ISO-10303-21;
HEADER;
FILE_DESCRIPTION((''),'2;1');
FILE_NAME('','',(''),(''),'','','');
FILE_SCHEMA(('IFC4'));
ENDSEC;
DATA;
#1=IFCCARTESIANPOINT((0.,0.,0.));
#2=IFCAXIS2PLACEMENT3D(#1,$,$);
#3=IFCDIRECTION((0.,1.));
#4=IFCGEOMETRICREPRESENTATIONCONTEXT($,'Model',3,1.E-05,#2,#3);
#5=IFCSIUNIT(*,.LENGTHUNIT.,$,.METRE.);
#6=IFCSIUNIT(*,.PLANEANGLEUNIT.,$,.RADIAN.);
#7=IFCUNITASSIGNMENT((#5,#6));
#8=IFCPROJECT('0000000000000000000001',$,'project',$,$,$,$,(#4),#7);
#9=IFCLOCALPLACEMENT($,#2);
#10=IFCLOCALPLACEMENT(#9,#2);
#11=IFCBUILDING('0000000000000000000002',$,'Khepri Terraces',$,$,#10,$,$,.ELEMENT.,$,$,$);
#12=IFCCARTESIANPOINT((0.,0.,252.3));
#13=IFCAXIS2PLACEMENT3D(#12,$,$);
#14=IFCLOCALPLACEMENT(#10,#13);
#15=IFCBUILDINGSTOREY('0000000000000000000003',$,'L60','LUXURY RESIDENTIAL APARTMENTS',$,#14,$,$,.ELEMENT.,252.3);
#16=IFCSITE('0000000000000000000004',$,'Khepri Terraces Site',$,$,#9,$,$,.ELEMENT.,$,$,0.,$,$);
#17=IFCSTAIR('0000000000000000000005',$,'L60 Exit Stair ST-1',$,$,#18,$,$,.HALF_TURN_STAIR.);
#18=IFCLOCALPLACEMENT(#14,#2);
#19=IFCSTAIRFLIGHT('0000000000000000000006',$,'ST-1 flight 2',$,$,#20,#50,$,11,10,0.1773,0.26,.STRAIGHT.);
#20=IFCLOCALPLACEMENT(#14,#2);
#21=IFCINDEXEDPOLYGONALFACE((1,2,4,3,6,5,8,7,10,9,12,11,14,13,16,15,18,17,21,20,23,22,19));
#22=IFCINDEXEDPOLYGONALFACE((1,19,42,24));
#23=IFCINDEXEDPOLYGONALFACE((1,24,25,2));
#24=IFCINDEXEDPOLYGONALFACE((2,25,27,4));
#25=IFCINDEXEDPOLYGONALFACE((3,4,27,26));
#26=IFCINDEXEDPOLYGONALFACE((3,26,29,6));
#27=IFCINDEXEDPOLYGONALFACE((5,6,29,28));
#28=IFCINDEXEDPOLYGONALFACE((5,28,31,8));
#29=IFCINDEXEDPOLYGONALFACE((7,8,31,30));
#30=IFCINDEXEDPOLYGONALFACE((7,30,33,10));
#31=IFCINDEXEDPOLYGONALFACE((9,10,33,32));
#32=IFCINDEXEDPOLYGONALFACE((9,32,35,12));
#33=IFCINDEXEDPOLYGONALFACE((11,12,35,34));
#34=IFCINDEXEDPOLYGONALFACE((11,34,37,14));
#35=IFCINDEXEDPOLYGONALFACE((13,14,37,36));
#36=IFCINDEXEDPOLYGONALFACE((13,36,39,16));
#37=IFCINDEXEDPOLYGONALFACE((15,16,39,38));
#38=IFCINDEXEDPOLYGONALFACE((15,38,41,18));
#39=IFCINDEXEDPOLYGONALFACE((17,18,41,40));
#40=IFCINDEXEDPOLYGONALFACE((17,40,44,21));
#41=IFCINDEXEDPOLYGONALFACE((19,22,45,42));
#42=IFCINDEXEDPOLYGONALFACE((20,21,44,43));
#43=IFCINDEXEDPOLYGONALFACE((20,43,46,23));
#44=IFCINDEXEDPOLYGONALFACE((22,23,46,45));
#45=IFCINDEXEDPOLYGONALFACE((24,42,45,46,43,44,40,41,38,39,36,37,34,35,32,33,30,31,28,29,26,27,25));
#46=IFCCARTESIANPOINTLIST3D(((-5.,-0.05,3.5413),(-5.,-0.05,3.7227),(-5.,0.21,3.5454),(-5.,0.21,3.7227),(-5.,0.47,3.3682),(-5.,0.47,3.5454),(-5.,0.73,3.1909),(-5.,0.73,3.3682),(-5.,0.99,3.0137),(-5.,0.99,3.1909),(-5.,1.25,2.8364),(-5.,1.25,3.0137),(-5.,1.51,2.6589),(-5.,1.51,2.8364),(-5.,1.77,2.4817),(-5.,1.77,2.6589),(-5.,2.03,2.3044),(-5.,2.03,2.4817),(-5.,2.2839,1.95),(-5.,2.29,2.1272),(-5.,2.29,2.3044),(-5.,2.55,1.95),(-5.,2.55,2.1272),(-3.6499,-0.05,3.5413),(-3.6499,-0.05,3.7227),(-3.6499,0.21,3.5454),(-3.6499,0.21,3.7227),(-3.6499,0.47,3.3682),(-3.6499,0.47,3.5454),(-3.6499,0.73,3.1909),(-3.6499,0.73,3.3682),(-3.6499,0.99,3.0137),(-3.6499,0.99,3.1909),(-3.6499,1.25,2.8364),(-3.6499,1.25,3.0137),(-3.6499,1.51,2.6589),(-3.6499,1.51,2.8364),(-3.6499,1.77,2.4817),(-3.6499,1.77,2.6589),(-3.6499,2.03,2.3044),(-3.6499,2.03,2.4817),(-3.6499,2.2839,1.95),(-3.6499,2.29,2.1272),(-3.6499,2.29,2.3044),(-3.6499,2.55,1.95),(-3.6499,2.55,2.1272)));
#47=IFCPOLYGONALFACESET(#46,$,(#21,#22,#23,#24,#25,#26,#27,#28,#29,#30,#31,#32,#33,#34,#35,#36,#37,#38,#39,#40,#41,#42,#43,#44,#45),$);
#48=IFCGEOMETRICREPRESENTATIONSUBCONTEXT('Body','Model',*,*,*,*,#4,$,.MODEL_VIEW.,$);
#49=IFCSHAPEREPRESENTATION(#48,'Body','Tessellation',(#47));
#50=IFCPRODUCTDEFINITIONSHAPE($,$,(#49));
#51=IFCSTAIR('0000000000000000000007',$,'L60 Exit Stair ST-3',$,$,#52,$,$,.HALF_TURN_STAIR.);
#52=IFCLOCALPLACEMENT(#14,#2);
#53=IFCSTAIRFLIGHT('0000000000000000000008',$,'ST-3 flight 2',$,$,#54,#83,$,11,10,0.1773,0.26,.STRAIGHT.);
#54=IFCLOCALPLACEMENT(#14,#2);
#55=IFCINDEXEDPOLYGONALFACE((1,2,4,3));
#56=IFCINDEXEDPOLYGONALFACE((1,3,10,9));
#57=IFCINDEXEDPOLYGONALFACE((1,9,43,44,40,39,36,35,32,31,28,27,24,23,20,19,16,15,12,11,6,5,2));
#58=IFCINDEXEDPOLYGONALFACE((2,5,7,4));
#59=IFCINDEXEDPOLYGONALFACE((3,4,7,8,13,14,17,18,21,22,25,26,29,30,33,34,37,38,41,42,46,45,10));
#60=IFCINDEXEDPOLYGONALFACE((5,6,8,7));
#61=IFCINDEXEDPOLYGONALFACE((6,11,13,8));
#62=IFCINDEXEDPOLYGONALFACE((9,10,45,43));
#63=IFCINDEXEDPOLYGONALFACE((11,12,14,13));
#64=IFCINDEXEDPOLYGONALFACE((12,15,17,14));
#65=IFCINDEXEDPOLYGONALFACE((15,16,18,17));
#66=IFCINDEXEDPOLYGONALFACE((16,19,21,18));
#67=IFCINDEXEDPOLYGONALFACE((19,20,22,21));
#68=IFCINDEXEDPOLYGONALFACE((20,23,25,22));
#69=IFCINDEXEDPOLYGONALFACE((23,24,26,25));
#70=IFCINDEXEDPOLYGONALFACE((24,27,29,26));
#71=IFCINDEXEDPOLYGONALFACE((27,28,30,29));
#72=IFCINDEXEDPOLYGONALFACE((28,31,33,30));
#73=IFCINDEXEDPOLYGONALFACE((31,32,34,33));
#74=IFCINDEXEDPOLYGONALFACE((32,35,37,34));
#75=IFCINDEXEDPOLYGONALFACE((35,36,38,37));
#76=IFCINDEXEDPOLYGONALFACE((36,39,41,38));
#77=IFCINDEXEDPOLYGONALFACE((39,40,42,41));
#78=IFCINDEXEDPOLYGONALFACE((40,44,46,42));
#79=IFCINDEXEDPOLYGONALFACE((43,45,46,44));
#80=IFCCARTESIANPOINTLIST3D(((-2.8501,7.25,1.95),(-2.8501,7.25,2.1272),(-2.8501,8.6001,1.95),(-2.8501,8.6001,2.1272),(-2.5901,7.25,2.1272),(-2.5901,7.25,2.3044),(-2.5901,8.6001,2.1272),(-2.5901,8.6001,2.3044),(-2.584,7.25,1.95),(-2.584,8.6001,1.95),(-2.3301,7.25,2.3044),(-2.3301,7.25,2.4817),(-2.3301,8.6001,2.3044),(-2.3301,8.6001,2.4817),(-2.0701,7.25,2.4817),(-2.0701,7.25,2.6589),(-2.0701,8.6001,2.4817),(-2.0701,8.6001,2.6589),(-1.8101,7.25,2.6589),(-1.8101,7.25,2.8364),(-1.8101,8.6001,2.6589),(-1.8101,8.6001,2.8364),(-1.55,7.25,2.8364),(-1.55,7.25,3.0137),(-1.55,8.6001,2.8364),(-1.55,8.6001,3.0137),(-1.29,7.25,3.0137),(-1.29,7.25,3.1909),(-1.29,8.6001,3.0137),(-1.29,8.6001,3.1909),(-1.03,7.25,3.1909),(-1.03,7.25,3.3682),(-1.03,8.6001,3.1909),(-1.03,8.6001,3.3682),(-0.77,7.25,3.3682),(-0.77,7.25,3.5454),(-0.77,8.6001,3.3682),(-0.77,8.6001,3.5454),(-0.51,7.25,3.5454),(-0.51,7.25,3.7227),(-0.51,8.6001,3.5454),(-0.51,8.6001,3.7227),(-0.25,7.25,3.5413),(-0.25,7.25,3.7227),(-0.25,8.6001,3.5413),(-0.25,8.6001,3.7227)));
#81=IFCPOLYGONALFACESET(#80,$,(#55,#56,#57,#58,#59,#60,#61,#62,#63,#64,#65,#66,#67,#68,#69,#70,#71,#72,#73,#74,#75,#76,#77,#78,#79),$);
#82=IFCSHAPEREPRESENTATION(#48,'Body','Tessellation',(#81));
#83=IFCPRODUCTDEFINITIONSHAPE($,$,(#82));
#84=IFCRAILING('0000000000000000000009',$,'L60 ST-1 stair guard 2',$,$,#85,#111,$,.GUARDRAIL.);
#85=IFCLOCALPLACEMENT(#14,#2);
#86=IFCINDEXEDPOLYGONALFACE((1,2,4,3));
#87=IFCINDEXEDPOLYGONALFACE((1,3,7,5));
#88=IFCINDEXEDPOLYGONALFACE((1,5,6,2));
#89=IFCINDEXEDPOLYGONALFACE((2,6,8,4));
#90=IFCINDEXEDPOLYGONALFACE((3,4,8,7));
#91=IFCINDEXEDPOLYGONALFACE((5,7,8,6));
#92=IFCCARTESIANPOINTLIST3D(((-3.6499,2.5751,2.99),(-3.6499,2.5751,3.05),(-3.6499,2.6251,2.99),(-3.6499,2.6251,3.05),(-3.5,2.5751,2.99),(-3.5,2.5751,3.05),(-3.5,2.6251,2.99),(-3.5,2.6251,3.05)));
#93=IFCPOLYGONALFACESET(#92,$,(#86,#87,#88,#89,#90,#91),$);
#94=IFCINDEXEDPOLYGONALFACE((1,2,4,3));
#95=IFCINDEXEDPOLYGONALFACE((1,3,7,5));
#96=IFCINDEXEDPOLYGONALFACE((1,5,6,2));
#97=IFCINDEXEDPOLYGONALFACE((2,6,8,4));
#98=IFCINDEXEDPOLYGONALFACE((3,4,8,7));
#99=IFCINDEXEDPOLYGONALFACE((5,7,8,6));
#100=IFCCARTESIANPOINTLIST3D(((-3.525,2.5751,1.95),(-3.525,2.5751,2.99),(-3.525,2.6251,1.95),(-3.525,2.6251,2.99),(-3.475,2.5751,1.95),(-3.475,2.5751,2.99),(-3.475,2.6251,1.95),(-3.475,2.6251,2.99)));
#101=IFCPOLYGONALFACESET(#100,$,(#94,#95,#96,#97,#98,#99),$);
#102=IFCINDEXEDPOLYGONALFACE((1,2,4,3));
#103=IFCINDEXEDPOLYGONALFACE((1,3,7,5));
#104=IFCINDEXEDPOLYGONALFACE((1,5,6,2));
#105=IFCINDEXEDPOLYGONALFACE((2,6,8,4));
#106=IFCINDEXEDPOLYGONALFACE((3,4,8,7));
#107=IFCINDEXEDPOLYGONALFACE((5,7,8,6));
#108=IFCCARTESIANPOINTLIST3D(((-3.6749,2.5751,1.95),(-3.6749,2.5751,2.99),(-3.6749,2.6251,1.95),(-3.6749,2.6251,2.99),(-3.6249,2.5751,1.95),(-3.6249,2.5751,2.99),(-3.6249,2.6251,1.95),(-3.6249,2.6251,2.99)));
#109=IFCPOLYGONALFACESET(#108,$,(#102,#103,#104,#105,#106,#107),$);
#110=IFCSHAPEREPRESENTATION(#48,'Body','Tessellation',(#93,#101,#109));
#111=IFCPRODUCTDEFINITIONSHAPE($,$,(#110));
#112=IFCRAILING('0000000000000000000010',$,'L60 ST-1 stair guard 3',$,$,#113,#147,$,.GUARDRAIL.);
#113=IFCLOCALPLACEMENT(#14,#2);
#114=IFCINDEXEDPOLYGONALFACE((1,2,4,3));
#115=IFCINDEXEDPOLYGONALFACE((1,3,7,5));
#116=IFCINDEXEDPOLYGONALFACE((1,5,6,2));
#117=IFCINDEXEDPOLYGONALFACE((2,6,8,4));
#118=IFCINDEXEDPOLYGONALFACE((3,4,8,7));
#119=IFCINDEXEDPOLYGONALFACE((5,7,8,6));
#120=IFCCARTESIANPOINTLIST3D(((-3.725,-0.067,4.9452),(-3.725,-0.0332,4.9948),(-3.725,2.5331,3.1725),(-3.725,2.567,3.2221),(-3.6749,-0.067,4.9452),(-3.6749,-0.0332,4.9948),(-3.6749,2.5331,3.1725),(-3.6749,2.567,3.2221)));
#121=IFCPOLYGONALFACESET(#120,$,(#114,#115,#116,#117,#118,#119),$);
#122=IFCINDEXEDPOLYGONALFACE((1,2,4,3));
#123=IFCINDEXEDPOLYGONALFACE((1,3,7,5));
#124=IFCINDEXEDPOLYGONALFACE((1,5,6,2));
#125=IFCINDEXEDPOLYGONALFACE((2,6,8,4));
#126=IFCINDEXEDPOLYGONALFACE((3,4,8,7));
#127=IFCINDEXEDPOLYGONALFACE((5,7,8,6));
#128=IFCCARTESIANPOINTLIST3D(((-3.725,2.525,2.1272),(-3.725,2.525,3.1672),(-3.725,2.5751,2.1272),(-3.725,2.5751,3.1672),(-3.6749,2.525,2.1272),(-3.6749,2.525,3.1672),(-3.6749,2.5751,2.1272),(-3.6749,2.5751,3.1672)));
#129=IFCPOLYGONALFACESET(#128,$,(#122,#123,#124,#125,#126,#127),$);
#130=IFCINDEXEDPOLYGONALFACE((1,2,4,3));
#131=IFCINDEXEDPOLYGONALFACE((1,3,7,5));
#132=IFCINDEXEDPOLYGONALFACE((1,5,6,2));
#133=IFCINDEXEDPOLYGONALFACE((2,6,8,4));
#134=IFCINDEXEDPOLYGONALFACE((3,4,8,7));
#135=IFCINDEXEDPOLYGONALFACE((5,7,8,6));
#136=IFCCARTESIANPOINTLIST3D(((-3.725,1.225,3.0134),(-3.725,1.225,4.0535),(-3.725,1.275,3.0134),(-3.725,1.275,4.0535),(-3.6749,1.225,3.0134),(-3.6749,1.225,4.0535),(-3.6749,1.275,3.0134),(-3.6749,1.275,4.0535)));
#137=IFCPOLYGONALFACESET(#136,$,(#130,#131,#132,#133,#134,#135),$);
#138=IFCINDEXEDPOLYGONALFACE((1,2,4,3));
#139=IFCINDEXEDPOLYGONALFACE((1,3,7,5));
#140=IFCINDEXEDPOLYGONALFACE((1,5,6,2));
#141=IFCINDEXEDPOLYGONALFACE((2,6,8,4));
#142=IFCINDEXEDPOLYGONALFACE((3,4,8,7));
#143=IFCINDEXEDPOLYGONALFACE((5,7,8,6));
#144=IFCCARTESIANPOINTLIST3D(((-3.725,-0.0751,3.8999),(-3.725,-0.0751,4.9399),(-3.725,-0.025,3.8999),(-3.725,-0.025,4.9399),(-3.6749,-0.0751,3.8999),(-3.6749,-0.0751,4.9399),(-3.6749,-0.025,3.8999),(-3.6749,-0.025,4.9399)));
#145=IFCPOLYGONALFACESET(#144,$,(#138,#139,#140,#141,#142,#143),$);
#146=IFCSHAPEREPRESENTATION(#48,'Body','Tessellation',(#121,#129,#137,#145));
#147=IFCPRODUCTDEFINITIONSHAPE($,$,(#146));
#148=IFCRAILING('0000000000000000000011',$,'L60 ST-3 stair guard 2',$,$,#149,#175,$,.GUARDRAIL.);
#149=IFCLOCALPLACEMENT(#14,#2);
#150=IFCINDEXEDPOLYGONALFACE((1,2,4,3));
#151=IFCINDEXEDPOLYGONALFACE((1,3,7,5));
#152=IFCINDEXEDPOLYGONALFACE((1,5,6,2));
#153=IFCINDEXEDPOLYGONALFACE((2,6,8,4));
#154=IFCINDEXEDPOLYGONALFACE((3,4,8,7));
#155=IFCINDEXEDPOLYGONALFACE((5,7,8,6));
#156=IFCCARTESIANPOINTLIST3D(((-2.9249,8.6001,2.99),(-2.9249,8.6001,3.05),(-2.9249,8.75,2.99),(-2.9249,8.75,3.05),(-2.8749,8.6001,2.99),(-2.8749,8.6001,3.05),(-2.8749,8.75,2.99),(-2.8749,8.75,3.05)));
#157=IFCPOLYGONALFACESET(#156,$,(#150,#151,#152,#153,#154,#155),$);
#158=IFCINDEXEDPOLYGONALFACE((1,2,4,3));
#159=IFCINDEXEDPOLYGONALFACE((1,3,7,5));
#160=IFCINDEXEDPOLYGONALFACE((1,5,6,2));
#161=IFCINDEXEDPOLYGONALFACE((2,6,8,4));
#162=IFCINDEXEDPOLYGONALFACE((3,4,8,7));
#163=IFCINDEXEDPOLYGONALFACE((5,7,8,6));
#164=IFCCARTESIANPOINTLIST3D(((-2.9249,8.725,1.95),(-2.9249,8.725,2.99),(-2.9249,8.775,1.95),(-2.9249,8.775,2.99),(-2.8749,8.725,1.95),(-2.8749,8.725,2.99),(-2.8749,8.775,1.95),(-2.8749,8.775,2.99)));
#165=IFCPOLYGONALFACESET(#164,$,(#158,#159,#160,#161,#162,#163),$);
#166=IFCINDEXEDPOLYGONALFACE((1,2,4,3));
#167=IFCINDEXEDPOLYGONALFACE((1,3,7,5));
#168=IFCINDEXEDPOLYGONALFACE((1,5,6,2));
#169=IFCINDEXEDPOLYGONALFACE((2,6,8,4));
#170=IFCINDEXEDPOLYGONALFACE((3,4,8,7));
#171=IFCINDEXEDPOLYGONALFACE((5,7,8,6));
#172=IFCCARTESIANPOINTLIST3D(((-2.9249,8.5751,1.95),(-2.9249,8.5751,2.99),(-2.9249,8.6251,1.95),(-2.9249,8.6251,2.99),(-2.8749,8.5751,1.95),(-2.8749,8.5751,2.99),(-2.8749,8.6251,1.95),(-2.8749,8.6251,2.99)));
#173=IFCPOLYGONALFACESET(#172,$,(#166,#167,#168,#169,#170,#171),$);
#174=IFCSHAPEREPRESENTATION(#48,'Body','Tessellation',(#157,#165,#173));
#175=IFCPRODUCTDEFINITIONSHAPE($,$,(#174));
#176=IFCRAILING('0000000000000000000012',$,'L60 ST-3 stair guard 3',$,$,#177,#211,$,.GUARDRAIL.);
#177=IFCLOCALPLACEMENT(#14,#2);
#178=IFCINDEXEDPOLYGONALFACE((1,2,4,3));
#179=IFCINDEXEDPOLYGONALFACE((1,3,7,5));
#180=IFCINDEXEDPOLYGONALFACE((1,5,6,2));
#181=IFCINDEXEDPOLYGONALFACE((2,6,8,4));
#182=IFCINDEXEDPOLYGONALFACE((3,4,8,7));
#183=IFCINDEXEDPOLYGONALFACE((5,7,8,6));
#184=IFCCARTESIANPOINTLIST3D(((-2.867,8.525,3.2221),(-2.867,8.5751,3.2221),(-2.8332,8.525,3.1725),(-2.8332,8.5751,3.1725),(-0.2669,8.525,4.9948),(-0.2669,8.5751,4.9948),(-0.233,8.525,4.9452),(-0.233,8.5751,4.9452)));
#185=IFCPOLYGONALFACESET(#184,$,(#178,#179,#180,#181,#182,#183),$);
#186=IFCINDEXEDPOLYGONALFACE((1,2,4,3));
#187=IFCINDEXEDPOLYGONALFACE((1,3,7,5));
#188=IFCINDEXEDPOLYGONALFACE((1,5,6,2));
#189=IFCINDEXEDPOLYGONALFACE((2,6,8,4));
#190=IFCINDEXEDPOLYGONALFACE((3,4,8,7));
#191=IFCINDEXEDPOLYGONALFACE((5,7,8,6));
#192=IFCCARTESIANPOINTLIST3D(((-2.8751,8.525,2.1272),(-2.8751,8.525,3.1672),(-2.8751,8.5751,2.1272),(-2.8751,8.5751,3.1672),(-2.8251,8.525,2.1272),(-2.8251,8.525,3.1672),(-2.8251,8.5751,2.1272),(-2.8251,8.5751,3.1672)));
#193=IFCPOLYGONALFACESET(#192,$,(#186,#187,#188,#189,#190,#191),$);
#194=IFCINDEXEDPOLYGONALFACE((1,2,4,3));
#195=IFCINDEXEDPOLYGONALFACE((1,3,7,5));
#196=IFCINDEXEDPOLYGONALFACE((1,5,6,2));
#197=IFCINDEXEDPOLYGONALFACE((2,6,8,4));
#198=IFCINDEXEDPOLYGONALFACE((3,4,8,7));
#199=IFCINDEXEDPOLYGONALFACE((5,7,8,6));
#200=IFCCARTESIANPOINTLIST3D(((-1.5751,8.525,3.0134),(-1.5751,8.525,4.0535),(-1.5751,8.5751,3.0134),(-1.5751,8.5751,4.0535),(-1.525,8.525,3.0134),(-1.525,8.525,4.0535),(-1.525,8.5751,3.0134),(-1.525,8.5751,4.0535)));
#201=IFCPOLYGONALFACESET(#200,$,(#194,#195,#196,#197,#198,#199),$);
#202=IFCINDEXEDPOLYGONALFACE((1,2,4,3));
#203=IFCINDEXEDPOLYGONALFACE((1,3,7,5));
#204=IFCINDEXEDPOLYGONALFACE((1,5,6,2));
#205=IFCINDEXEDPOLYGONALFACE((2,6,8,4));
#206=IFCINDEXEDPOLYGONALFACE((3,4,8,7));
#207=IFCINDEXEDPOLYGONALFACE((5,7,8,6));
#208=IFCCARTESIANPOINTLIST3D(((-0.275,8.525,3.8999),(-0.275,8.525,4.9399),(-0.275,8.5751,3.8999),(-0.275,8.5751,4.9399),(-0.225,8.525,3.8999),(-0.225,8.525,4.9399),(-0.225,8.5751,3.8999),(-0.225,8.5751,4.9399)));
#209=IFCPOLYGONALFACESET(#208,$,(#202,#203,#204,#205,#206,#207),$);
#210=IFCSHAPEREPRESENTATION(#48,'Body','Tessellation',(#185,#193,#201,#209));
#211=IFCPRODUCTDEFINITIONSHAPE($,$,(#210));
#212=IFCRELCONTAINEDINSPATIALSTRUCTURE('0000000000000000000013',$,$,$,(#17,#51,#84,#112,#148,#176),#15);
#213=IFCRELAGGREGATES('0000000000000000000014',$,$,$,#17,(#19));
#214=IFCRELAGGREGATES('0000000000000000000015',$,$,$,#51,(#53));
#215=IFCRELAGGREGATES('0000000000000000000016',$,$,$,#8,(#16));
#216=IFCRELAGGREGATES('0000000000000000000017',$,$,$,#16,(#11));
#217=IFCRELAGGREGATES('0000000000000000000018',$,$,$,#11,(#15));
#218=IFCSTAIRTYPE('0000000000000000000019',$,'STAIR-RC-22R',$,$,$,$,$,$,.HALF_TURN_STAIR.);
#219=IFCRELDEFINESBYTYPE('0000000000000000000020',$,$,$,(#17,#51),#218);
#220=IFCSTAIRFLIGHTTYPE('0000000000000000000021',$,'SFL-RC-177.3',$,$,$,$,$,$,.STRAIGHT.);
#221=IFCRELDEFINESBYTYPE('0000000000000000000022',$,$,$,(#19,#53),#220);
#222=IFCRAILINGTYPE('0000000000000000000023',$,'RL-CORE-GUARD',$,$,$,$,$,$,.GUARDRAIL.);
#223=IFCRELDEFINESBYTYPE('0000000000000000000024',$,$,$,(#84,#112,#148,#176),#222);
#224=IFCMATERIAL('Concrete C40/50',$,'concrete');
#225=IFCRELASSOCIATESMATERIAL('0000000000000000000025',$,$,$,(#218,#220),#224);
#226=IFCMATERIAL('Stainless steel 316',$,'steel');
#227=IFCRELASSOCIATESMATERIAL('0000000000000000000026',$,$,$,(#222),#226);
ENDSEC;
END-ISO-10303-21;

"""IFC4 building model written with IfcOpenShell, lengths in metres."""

from ifc_helpers import new_model, si_unit, direction, frame, origin, origin_2d, place, context, subcontext, project, spatial, polyline, rectangle, outline, extrude, material, type_object, element, aggregate, save


model = new_model("IFC4")

# Units and contexts
model_context = context("Model", 3, precision=1e-05, world=origin(), true_north=direction((0.0, 1.0)))
body_context = subcontext(model_context, "Body", "Model", "MODEL_VIEW")
ifc_project = project(units=[si_unit("LENGTHUNIT", "METRE"), si_unit("PLANEANGLEUNIT", "RADIAN")], contexts=[model_context])

# Site, building, storey
site_placement = place(None, origin())
site = spatial("IfcSite", under=ifc_project, at=site_placement, Name="Khepri Terraces Site", CompositionType="ELEMENT", RefElevation=0.0)
building_placement = place(site_placement, origin())
building = spatial("IfcBuilding", under=site, at=building_placement, Name="Khepri Terraces", CompositionType="ELEMENT")
storey_placement = place(building_placement, frame((0.0, 0.0, 252.3)))
storey = spatial("IfcBuildingStorey", under=building, at=storey_placement, Name="L60", Description="LUXURY RESIDENTIAL APARTMENTS", CompositionType="ELEMENT", Elevation=252.3)

# Shared definitions
ifc_material_1 = material(Name="Concrete C40/50", Category="concrete")

# Stairs, stair flights
stair_type = type_object("IfcStairType", Name="STAIR-RC-22R", PredefinedType="HALF_TURN_STAIR", material=ifc_material_1)
stair_1_placement = place(storey_placement, origin())
stair_1 = element("IfcStair", 1, at=stair_1_placement, inside=storey, type_object=stair_type, Name="L60 Exit Stair ST-1", PredefinedType="HALF_TURN_STAIR")
stair_flight_type = type_object("IfcStairFlightType", Name="SFL-RC-177.3", PredefinedType="STRAIGHT", material=ifc_material_1)
stair_flight_1_placement = place(storey_placement, frame((-4.325, 2.55, 1.95), z_axis=(0.0, 0.0, 1.0), x_axis=(0.0, -1.0, 0.0)))
stair_flight_1 = element("IfcStairFlight", 2, at=stair_flight_1_placement, type_object=stair_flight_type, Name="ST-1 flight 2", NumberOfRisers=11, NumberOfTreads=10, PredefinedType="STRAIGHT", RiserHeight=0.1773, TreadLength=0.26, context=body_context, shape_type="SweptSolid", body=[
    extrude(outline(polyline([(0.0, 0.0), (0.0, 0.1772), (0.26, 0.1772), (0.26, 0.3545), (0.52, 0.3545), (0.52, 0.5317), (0.78, 0.5317), (0.78, 0.709), (1.04, 0.709), (1.04, 0.8865), (1.3, 0.8865), (1.3, 1.0637), (1.5601, 1.0637), (1.5601, 1.241), (1.8201, 1.241), (1.8201, 1.4182), (2.0801, 1.4182), (2.0801, 1.5955), (2.3401, 1.5955), (2.3401, 1.7727), (2.6001, 1.7727), (2.6001, 1.95), (2.6001, 1.5913), (0.2661, 0.0), (0.0, 0.0)])), frame((0.0, 0.675, 0.0), z_axis=(0.0, -1.0, 0.0), x_axis=(1.0, 0.0, 0.0)), (0.0, 0.0, 1.0), 1.3501),
])
aggregate(stair_1, [stair_flight_1])
stair_2_placement = place(storey_placement, origin())
stair_2 = element("IfcStair", 3, at=stair_2_placement, inside=storey, type_object=stair_type, Name="L60 Exit Stair ST-3", PredefinedType="HALF_TURN_STAIR")
stair_flight_2_placement = place(storey_placement, frame((-2.8501, 7.925, 1.95), z_axis=(0.0, 0.0, 1.0), x_axis=(1.0, 0.0, 0.0)))
stair_flight_2 = element("IfcStairFlight", 4, at=stair_flight_2_placement, type_object=stair_flight_type, Name="ST-3 flight 2", NumberOfRisers=11, NumberOfTreads=10, PredefinedType="STRAIGHT", RiserHeight=0.1773, TreadLength=0.26, context=body_context, shape_type="SweptSolid", body=[
    extrude(outline(polyline([(0.0, 0.0), (0.0, 0.1772), (0.26, 0.1772), (0.26, 0.3545), (0.52, 0.3545), (0.52, 0.5317), (0.78, 0.5317), (0.78, 0.709), (1.04, 0.709), (1.04, 0.8865), (1.3, 0.8865), (1.3, 1.0637), (1.5601, 1.0637), (1.5601, 1.241), (1.8201, 1.241), (1.8201, 1.4182), (2.0801, 1.4182), (2.0801, 1.5955), (2.3401, 1.5955), (2.3401, 1.7727), (2.6001, 1.7727), (2.6001, 1.95), (2.6001, 1.5913), (0.2661, 0.0), (0.0, 0.0)])), frame((0.0, 0.675, 0.0), z_axis=(0.0, -1.0, 0.0), x_axis=(1.0, 0.0, 0.0)), (0.0, 0.0, 1.0), 1.3501),
])
aggregate(stair_2, [stair_flight_2])

# Railings
ifc_material_2 = material(Name="Stainless steel 316", Category="steel")
railing_type_1 = type_object("IfcRailingType", Name="RL-CORE-GUARD", PredefinedType="GUARDRAIL", material=ifc_material_2)
railing_1_placement = place(storey_placement, frame((-3.5, 2.6001, 1.95)))
element("IfcRailing", 5, at=railing_1_placement, inside=storey, type_object=railing_type_1, Name="L60 ST-1 stair guard 2", PredefinedType="GUARDRAIL", context=body_context, shape_type="SweptSolid", body=[
    extrude(rectangle(XDim=0.05, YDim=0.0601, at=origin_2d()), frame((0.0, 0.0, 1.0701), z_axis=(-1.0, 0.0, 0.0), x_axis=(0.0, -1.0, 0.0)), (0.0, 0.0, 1.0), 0.1499),
    extrude(rectangle(XDim=0.05, YDim=0.05, at=origin_2d()), origin(), (0.0, 0.0, 1.0), 1.04),
    extrude(rectangle(XDim=0.05, YDim=0.05, at=origin_2d()), frame((-0.1499, 0.0, 0.0)), (0.0, 0.0, 1.0), 1.04),
])
railing_2_placement = place(storey_placement, frame((-3.7, 2.55, 2.1272)))
element("IfcRailing", 6, at=railing_2_placement, inside=storey, type_object=railing_type_1, Name="L60 ST-1 stair guard 3", PredefinedType="GUARDRAIL", context=body_context, shape_type="SweptSolid", body=[
    extrude(rectangle(XDim=0.05, YDim=0.0601, at=origin_2d()), frame((0.0, 0.0, 1.0701), z_axis=(0.0, -0.82624, 0.563318), x_axis=(1.0, 0.0, 0.0)), (0.0, 0.0, 1.0), 3.147),
    extrude(rectangle(XDim=0.05, YDim=0.05, at=origin_2d()), origin(), (0.0, 0.0, 1.0), 1.04),
    extrude(rectangle(XDim=0.05, YDim=0.05, at=origin_2d()), frame((0.0, -1.3, 0.8862)), (0.0, 0.0, 1.0), 1.04),
    extrude(rectangle(XDim=0.05, YDim=0.05, at=origin_2d()), frame((0.0, -2.6001, 1.7727)), (0.0, 0.0, 1.0), 1.04),
])
railing_3_placement = place(storey_placement, frame((-2.8999, 8.75, 1.95)))
element("IfcRailing", 7, at=railing_3_placement, inside=storey, type_object=railing_type_1, Name="L60 ST-3 stair guard 2", PredefinedType="GUARDRAIL", context=body_context, shape_type="SweptSolid", body=[
    extrude(rectangle(XDim=0.05, YDim=0.0601, at=origin_2d()), frame((0.0, 0.0, 1.0701), z_axis=(0.0, -1.0, 0.0), x_axis=(1.0, 0.0, 0.0)), (0.0, 0.0, 1.0), 0.1499),
    extrude(rectangle(XDim=0.05, YDim=0.05, at=origin_2d()), origin(), (0.0, 0.0, 1.0), 1.04),
    extrude(rectangle(XDim=0.05, YDim=0.05, at=origin_2d()), frame((0.0, -0.1499, 0.0)), (0.0, 0.0, 1.0), 1.04),
])
railing_4_placement = place(storey_placement, frame((-2.8501, 8.55, 2.1272)))
element("IfcRailing", 8, at=railing_4_placement, inside=storey, type_object=railing_type_1, Name="L60 ST-3 stair guard 3", PredefinedType="GUARDRAIL", context=body_context, shape_type="SweptSolid", body=[
    extrude(rectangle(XDim=0.05, YDim=0.0601, at=origin_2d()), frame((0.0, 0.0, 1.0701), z_axis=(0.82624, 0.0, 0.563318), x_axis=(0.0, 1.0, 0.0)), (0.0, 0.0, 1.0), 3.147),
    extrude(rectangle(XDim=0.05, YDim=0.05, at=origin_2d()), origin(), (0.0, 0.0, 1.0), 1.04),
    extrude(rectangle(XDim=0.05, YDim=0.05, at=origin_2d()), frame((1.3, 0.0, 0.8862)), (0.0, 0.0, 1.0), 1.04),
    extrude(rectangle(XDim=0.05, YDim=0.05, at=origin_2d()), frame((2.6001, 0.0, 1.7727)), (0.0, 0.0, 1.0), 1.04),
])

save(model, "model.ifc")
